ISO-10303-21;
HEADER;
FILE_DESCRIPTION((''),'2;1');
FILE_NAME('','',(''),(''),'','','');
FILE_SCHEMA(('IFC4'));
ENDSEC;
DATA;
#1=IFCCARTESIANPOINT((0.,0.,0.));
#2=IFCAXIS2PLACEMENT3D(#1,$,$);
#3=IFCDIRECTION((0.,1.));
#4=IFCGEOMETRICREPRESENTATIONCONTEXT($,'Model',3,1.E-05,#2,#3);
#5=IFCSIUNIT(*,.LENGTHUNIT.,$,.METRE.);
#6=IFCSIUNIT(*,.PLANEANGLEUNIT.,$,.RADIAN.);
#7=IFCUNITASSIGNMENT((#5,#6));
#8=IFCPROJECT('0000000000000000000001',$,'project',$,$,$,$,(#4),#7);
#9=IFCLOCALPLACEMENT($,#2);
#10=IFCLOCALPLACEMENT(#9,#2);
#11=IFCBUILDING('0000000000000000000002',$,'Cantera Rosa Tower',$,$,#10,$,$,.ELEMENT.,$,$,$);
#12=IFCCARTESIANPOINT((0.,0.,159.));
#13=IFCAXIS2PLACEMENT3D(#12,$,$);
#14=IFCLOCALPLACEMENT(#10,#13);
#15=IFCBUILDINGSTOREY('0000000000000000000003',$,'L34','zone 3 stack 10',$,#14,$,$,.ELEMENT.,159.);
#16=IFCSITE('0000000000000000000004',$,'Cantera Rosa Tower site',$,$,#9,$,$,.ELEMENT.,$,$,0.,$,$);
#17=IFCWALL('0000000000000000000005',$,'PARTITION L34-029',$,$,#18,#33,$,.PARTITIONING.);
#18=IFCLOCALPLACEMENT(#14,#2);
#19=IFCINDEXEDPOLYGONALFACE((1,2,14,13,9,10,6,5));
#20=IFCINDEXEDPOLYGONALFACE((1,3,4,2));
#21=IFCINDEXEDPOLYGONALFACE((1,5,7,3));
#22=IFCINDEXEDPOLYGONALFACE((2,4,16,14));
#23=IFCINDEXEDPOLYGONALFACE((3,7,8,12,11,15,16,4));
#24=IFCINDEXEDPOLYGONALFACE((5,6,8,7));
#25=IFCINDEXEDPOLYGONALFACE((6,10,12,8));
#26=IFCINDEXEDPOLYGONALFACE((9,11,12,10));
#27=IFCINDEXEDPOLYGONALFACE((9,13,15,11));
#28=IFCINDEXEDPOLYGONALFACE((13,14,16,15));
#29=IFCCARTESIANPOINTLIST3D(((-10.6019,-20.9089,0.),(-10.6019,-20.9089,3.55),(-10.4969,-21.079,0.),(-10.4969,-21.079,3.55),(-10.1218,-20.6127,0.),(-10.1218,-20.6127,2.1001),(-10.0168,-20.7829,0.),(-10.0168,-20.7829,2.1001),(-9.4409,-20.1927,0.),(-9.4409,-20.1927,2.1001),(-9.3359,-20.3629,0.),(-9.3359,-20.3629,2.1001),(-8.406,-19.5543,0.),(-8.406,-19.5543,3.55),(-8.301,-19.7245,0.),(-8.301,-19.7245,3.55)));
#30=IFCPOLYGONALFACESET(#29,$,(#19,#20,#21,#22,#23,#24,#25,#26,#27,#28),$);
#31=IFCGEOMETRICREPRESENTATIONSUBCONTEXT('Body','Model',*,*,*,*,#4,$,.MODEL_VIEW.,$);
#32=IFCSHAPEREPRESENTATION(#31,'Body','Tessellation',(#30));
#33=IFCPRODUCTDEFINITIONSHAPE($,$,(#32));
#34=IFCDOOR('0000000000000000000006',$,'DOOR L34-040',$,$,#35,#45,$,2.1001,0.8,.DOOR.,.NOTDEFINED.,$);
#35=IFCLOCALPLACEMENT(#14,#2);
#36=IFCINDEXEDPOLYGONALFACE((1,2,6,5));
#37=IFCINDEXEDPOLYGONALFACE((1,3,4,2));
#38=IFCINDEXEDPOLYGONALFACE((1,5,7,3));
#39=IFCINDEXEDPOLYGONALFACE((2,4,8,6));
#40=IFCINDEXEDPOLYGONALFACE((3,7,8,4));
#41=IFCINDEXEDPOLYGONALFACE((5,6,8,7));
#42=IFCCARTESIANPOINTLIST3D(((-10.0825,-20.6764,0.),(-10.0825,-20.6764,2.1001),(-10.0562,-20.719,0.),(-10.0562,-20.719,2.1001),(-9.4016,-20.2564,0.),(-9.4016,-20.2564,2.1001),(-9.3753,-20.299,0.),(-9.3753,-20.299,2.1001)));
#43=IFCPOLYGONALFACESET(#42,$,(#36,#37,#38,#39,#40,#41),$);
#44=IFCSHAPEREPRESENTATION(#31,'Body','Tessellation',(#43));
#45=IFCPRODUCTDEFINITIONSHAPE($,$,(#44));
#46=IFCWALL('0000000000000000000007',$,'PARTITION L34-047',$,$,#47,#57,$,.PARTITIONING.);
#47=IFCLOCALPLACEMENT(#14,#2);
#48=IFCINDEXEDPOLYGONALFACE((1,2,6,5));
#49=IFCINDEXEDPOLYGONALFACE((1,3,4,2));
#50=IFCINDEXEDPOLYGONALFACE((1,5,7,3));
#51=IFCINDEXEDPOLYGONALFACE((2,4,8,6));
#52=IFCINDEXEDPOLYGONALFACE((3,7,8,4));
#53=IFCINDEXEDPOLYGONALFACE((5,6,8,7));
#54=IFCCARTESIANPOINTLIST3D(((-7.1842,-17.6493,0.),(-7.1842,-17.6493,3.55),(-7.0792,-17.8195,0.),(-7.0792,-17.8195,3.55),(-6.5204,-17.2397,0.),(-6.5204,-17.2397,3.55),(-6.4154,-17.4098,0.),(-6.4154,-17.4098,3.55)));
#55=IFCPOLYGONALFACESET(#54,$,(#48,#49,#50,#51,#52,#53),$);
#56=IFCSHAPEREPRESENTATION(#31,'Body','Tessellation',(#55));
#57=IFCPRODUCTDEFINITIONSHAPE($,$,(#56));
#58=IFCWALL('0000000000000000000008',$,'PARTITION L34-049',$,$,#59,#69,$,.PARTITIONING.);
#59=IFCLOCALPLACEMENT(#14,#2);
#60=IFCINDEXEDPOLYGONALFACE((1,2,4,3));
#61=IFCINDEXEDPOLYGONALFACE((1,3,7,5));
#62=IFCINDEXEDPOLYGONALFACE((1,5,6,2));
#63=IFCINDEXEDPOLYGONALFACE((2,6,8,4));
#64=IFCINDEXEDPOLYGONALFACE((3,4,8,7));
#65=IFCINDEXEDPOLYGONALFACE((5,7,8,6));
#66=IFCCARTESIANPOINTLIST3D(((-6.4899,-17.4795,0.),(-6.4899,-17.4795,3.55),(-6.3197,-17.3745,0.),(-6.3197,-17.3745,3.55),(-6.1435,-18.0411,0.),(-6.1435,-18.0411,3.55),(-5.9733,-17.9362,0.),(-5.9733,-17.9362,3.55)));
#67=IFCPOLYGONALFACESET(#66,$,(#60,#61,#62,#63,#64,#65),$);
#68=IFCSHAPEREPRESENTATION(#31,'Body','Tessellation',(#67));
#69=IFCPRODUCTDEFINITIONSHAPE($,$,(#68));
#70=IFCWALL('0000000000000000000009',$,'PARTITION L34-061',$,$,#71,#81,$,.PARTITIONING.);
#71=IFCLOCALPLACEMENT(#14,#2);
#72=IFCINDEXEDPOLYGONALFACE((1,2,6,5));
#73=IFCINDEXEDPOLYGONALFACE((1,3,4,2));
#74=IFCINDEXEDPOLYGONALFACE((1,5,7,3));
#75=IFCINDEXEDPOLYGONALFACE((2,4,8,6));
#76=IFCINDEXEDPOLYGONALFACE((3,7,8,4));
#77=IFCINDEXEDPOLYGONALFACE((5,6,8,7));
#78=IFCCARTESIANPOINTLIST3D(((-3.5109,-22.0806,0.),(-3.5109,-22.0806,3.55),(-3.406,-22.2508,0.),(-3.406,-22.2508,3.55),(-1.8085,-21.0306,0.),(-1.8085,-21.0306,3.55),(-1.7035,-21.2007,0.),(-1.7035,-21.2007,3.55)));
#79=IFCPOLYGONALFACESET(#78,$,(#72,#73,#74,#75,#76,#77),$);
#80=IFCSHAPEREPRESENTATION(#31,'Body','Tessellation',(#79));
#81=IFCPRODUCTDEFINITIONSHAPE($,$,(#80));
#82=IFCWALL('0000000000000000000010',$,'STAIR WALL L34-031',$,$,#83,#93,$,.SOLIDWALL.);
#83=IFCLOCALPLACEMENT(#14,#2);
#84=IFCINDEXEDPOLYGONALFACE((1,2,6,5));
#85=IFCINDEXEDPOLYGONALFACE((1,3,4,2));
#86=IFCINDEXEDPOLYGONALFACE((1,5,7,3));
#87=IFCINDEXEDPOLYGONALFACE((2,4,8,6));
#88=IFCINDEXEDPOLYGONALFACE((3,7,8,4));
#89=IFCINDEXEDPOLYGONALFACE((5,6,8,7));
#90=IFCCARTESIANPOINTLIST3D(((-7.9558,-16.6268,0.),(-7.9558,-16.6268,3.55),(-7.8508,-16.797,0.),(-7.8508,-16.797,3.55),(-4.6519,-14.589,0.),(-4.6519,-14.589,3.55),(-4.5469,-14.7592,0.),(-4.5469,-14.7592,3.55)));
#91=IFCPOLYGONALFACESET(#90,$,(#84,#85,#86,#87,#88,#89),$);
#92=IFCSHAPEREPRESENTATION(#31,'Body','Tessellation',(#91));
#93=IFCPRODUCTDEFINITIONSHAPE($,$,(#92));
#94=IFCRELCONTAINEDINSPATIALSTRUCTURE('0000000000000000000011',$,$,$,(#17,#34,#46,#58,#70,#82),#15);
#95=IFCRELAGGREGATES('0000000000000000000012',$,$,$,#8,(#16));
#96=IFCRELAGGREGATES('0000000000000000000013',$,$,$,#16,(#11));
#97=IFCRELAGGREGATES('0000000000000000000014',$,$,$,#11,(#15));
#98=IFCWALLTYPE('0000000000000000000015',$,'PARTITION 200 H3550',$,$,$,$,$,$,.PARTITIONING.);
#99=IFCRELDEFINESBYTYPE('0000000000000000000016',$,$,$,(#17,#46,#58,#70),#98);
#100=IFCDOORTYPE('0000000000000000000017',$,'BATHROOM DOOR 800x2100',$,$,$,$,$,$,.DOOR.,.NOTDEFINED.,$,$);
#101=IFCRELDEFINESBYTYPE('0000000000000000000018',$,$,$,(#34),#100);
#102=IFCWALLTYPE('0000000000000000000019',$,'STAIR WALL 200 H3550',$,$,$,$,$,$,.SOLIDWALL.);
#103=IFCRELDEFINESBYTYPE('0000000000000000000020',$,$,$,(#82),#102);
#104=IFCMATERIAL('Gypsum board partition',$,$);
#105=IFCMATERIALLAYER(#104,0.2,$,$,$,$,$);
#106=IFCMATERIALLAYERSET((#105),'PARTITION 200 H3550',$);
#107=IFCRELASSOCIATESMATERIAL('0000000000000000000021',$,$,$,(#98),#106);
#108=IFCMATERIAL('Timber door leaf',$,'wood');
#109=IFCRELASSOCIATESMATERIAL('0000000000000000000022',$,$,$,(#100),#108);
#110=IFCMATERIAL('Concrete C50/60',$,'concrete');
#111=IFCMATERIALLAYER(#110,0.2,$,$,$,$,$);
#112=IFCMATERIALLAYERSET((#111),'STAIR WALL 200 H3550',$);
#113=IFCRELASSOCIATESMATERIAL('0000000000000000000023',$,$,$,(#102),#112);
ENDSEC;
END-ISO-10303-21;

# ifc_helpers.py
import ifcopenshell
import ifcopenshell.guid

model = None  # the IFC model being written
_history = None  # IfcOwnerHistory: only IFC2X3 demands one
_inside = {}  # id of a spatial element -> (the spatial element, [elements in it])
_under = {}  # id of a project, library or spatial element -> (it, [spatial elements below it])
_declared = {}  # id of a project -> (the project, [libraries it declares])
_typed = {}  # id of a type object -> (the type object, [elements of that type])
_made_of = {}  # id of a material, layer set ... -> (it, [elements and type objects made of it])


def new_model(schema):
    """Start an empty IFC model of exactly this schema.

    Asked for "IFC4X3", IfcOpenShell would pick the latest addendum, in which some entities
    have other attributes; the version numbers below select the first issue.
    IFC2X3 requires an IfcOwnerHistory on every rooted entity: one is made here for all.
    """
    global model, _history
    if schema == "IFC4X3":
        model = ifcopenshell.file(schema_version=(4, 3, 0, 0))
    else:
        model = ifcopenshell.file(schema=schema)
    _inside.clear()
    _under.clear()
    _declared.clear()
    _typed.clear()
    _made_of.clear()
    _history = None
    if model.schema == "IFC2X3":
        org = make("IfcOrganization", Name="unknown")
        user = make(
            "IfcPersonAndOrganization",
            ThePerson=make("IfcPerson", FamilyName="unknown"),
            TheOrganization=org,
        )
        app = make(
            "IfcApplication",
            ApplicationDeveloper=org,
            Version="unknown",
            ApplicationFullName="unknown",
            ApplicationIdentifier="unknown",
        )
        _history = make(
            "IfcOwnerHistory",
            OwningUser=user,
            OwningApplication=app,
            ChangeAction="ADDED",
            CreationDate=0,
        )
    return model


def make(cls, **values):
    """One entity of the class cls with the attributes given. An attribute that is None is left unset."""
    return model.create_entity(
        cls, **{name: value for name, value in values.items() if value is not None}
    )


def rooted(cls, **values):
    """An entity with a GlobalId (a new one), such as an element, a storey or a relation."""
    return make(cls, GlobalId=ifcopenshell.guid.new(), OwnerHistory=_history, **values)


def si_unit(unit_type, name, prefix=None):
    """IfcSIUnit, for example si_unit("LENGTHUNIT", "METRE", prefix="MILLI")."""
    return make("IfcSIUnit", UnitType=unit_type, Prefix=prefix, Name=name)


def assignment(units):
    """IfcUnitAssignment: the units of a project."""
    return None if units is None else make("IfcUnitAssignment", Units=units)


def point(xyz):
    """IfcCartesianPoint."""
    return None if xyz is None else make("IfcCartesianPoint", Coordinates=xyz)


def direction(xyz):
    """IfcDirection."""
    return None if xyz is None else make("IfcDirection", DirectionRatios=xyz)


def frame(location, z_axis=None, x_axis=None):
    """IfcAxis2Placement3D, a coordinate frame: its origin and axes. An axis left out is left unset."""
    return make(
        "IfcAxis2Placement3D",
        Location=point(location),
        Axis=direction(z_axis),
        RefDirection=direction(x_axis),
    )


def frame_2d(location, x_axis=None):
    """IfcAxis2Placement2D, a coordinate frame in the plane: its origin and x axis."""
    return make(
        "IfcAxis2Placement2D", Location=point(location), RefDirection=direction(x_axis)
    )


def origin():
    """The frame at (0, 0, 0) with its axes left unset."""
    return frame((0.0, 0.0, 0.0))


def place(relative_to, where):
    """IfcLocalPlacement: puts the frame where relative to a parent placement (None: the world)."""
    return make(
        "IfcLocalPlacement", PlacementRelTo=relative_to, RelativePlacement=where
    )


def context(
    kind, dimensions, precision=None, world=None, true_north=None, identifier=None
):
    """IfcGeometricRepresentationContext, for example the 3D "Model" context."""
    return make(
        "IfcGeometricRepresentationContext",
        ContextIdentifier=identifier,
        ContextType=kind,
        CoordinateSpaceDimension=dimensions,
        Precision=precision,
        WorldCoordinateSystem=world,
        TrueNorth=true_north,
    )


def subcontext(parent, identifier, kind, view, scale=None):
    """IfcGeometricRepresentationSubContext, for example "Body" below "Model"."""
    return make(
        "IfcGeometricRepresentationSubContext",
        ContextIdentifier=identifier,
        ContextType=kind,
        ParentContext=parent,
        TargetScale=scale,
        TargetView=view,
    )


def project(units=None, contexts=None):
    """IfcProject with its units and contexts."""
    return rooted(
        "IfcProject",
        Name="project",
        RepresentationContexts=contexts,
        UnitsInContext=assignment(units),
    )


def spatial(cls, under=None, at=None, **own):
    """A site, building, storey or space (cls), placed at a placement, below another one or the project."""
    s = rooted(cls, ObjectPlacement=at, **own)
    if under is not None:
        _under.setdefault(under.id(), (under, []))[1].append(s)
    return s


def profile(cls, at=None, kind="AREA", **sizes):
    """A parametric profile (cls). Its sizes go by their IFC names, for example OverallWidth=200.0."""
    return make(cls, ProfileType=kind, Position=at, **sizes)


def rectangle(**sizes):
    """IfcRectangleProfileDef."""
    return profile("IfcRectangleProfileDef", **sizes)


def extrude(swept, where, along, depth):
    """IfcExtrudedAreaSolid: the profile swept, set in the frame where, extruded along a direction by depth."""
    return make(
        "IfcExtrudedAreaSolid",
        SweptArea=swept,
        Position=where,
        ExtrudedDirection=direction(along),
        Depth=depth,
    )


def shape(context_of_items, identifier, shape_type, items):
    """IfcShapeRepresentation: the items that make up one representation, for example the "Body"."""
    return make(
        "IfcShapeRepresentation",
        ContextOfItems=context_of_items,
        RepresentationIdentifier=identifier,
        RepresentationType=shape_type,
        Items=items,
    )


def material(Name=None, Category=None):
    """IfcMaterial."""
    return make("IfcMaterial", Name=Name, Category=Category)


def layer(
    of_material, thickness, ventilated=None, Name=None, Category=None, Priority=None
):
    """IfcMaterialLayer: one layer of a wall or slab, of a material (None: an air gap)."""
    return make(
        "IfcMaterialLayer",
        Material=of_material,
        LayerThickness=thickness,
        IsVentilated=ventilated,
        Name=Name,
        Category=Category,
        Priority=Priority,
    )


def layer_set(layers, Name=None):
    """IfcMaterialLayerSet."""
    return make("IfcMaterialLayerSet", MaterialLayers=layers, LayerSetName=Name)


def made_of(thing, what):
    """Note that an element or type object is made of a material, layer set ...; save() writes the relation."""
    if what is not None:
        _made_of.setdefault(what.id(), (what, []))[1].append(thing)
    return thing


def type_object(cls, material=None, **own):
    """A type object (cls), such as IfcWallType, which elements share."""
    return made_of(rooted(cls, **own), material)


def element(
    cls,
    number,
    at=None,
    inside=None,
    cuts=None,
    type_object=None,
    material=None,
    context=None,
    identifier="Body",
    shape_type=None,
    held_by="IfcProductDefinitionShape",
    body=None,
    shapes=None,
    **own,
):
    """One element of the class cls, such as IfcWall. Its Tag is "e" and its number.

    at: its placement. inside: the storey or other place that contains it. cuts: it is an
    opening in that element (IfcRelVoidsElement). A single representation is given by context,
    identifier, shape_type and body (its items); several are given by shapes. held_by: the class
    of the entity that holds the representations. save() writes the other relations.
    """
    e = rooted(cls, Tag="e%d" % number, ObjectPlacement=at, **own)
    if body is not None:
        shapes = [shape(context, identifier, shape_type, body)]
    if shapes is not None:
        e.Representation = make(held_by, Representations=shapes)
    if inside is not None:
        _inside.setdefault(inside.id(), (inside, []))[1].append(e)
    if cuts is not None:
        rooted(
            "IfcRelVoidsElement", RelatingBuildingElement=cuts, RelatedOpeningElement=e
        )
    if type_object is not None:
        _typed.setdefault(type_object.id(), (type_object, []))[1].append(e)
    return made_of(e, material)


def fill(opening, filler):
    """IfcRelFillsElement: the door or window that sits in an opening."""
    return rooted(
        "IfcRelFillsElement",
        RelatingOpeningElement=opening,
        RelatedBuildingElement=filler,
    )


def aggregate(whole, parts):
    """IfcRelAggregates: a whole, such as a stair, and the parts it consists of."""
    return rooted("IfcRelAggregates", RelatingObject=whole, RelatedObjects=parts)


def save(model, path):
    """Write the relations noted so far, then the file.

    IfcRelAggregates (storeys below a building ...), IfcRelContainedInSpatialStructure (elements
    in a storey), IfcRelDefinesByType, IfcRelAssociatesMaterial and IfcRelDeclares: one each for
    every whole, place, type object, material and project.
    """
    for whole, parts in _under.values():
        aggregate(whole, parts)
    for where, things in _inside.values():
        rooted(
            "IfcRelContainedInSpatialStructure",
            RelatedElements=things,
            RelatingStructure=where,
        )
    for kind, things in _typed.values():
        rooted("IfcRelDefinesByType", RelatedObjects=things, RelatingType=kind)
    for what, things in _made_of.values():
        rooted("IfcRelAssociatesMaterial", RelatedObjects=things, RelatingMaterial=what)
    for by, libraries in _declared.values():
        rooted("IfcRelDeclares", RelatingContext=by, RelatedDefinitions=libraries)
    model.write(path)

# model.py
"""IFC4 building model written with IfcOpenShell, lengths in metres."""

from ifc_helpers import new_model, si_unit, direction, frame, frame_2d, origin, place, context, subcontext, project, spatial, rectangle, extrude, material, layer, layer_set, type_object, element, fill, save


model = new_model("IFC4")

# Units and contexts
model_context = context("Model", 3, precision=1e-05, world=origin(), true_north=direction((0.0, 1.0)))
body_context = subcontext(model_context, "Body", "Model", "MODEL_VIEW")
ifc_project = project(units=[si_unit("LENGTHUNIT", "METRE"), si_unit("PLANEANGLEUNIT", "RADIAN")], contexts=[model_context])

# Site, building, storey
site_placement = place(None, origin())
site = spatial("IfcSite", under=ifc_project, at=site_placement, Name="Cantera Rosa Tower site", CompositionType="ELEMENT", RefElevation=0.0)
building_placement = place(site_placement, origin())
building = spatial("IfcBuilding", under=site, at=building_placement, Name="Cantera Rosa Tower", CompositionType="ELEMENT")
storey_placement = place(building_placement, frame((0.0, 0.0, 159.0)))
storey = spatial("IfcBuildingStorey", under=building, at=storey_placement, Name="L34", Description="zone 3 stack 10", CompositionType="ELEMENT", Elevation=159.0)

# Wall, opening, door
ifc_material_1 = material(Name="Gypsum board partition")
ifc_layer_1 = layer(ifc_material_1, 0.2)
ifc_layer_set_1 = layer_set([ifc_layer_1], Name="PARTITION 200 H3550")
wall_type_1 = type_object("IfcWallType", Name="PARTITION 200 H3550", PredefinedType="PARTITIONING", material=ifc_layer_set_1)
wall_1_placement = place(storey_placement, frame((-8.3535, -19.6394, 0.0), z_axis=(0.0, 0.0, 1.0), x_axis=(-0.851099, -0.525005, 0.0)))
wall_1 = element("IfcWall", 1, at=wall_1_placement, inside=storey, type_object=wall_type_1, Name="PARTITION L34-029", PredefinedType="PARTITIONING", context=body_context, shape_type="SweptSolid", body=[
    extrude(rectangle(XDim=2.5801, YDim=0.2, at=frame_2d((1.29, 0.0))), origin(), (0.0, 0.0, 1.0), 3.55),
])
opening_1_placement = place(wall_1_placement, frame((1.2161, 0.0, 0.0)))
opening_1 = element("IfcOpeningElement", 2, at=opening_1_placement, cuts=wall_1, PredefinedType="OPENING", context=body_context, shape_type="SweptSolid", body=[
    extrude(rectangle(XDim=0.8, YDim=2.1001, at=frame_2d((0.3999, 1.05))), frame((0.0, 0.1099, 0.0), z_axis=(0.0, -1.0, 0.0), x_axis=(1.0, 0.0, 0.0)), (0.0, 0.0, 1.0), 0.22),
])
ifc_material_2 = material(Name="Timber door leaf", Category="wood")
door_type_1 = type_object("IfcDoorType", Name="BATHROOM DOOR 800x2100", OperationType="NOTDEFINED", PredefinedType="DOOR", material=ifc_material_2)
door_1_placement = place(opening_1_placement, origin())
door_1 = element("IfcDoor", 3, at=door_1_placement, inside=storey, type_object=door_type_1, Name="DOOR L34-040", OperationType="NOTDEFINED", OverallHeight=2.1001, OverallWidth=0.8, PredefinedType="DOOR", context=body_context, shape_type="SweptSolid", body=[
    extrude(rectangle(XDim=0.8, YDim=2.1001, at=frame_2d((0.3999, 1.05))), frame((0.0, 0.0249, 0.0), z_axis=(0.0, -1.0, 0.0), x_axis=(1.0, 0.0, 0.0)), (0.0, 0.0, 1.0), 0.05),
])
fill(opening_1, door_1)

# Walls
wall_2_placement = place(storey_placement, frame((-6.4678, -17.3247, 0.0), z_axis=(0.0, 0.0, 1.0), x_axis=(-0.850991, -0.52518, 0.0)))
element("IfcWall", 4, at=wall_2_placement, inside=storey, type_object=wall_type_1, Name="PARTITION L34-047", PredefinedType="PARTITIONING", context=body_context, shape_type="SweptSolid", body=[
    extrude(rectangle(XDim=0.78, YDim=0.2, at=frame_2d((0.3901, 0.0))), origin(), (0.0, 0.0, 1.0), 3.55),
])
wall_3_placement = place(storey_placement, frame((-6.0583, -17.9888, 0.0), z_axis=(0.0, 0.0, 1.0), x_axis=(-0.524902, 0.851163, 0.0)))
element("IfcWall", 5, at=wall_3_placement, inside=storey, type_object=wall_type_1, Name="PARTITION L34-049", PredefinedType="PARTITIONING", context=body_context, shape_type="SweptSolid", body=[
    extrude(rectangle(XDim=0.6599, YDim=0.2, at=frame_2d((0.3301, 0.0))), origin(), (0.0, 0.0, 1.0), 3.55),
])
wall_4_placement = place(storey_placement, frame((-1.7561, -21.1157, 0.0), z_axis=(0.0, 0.0, 1.0), x_axis=(-0.851117, -0.524976, 0.0)))
element("IfcWall", 6, at=wall_4_placement, inside=storey, type_object=wall_type_1, Name="PARTITION L34-061", PredefinedType="PARTITIONING", context=body_context, shape_type="SweptSolid", body=[
    extrude(rectangle(XDim=2.0002, YDim=0.2, at=frame_2d((1.0, 0.0))), origin(), (0.0, 0.0, 1.0), 3.55),
])
ifc_material_3 = material(Name="Concrete C50/60", Category="concrete")
ifc_layer_2 = layer(ifc_material_3, 0.2)
ifc_layer_set_2 = layer_set([ifc_layer_2], Name="STAIR WALL 200 H3550")
wall_type_2 = type_object("IfcWallType", Name="STAIR WALL 200 H3550", PredefinedType="SOLIDWALL", material=ifc_layer_set_2)
wall_5_placement = place(storey_placement, frame((-7.9033, -16.7119, 0.0), z_axis=(0.0, 0.0, 1.0), x_axis=(0.851125, 0.524964, 0.0)))
element("IfcWall", 7, at=wall_5_placement, inside=storey, type_object=wall_type_2, Name="STAIR WALL L34-031", PredefinedType="SOLIDWALL", context=body_context, shape_type="SweptSolid", body=[
    extrude(rectangle(XDim=3.8818, YDim=0.2, at=frame_2d((1.9409, 0.0))), origin(), (0.0, 0.0, 1.0), 3.55),
])

save(model, "model.ifc")
